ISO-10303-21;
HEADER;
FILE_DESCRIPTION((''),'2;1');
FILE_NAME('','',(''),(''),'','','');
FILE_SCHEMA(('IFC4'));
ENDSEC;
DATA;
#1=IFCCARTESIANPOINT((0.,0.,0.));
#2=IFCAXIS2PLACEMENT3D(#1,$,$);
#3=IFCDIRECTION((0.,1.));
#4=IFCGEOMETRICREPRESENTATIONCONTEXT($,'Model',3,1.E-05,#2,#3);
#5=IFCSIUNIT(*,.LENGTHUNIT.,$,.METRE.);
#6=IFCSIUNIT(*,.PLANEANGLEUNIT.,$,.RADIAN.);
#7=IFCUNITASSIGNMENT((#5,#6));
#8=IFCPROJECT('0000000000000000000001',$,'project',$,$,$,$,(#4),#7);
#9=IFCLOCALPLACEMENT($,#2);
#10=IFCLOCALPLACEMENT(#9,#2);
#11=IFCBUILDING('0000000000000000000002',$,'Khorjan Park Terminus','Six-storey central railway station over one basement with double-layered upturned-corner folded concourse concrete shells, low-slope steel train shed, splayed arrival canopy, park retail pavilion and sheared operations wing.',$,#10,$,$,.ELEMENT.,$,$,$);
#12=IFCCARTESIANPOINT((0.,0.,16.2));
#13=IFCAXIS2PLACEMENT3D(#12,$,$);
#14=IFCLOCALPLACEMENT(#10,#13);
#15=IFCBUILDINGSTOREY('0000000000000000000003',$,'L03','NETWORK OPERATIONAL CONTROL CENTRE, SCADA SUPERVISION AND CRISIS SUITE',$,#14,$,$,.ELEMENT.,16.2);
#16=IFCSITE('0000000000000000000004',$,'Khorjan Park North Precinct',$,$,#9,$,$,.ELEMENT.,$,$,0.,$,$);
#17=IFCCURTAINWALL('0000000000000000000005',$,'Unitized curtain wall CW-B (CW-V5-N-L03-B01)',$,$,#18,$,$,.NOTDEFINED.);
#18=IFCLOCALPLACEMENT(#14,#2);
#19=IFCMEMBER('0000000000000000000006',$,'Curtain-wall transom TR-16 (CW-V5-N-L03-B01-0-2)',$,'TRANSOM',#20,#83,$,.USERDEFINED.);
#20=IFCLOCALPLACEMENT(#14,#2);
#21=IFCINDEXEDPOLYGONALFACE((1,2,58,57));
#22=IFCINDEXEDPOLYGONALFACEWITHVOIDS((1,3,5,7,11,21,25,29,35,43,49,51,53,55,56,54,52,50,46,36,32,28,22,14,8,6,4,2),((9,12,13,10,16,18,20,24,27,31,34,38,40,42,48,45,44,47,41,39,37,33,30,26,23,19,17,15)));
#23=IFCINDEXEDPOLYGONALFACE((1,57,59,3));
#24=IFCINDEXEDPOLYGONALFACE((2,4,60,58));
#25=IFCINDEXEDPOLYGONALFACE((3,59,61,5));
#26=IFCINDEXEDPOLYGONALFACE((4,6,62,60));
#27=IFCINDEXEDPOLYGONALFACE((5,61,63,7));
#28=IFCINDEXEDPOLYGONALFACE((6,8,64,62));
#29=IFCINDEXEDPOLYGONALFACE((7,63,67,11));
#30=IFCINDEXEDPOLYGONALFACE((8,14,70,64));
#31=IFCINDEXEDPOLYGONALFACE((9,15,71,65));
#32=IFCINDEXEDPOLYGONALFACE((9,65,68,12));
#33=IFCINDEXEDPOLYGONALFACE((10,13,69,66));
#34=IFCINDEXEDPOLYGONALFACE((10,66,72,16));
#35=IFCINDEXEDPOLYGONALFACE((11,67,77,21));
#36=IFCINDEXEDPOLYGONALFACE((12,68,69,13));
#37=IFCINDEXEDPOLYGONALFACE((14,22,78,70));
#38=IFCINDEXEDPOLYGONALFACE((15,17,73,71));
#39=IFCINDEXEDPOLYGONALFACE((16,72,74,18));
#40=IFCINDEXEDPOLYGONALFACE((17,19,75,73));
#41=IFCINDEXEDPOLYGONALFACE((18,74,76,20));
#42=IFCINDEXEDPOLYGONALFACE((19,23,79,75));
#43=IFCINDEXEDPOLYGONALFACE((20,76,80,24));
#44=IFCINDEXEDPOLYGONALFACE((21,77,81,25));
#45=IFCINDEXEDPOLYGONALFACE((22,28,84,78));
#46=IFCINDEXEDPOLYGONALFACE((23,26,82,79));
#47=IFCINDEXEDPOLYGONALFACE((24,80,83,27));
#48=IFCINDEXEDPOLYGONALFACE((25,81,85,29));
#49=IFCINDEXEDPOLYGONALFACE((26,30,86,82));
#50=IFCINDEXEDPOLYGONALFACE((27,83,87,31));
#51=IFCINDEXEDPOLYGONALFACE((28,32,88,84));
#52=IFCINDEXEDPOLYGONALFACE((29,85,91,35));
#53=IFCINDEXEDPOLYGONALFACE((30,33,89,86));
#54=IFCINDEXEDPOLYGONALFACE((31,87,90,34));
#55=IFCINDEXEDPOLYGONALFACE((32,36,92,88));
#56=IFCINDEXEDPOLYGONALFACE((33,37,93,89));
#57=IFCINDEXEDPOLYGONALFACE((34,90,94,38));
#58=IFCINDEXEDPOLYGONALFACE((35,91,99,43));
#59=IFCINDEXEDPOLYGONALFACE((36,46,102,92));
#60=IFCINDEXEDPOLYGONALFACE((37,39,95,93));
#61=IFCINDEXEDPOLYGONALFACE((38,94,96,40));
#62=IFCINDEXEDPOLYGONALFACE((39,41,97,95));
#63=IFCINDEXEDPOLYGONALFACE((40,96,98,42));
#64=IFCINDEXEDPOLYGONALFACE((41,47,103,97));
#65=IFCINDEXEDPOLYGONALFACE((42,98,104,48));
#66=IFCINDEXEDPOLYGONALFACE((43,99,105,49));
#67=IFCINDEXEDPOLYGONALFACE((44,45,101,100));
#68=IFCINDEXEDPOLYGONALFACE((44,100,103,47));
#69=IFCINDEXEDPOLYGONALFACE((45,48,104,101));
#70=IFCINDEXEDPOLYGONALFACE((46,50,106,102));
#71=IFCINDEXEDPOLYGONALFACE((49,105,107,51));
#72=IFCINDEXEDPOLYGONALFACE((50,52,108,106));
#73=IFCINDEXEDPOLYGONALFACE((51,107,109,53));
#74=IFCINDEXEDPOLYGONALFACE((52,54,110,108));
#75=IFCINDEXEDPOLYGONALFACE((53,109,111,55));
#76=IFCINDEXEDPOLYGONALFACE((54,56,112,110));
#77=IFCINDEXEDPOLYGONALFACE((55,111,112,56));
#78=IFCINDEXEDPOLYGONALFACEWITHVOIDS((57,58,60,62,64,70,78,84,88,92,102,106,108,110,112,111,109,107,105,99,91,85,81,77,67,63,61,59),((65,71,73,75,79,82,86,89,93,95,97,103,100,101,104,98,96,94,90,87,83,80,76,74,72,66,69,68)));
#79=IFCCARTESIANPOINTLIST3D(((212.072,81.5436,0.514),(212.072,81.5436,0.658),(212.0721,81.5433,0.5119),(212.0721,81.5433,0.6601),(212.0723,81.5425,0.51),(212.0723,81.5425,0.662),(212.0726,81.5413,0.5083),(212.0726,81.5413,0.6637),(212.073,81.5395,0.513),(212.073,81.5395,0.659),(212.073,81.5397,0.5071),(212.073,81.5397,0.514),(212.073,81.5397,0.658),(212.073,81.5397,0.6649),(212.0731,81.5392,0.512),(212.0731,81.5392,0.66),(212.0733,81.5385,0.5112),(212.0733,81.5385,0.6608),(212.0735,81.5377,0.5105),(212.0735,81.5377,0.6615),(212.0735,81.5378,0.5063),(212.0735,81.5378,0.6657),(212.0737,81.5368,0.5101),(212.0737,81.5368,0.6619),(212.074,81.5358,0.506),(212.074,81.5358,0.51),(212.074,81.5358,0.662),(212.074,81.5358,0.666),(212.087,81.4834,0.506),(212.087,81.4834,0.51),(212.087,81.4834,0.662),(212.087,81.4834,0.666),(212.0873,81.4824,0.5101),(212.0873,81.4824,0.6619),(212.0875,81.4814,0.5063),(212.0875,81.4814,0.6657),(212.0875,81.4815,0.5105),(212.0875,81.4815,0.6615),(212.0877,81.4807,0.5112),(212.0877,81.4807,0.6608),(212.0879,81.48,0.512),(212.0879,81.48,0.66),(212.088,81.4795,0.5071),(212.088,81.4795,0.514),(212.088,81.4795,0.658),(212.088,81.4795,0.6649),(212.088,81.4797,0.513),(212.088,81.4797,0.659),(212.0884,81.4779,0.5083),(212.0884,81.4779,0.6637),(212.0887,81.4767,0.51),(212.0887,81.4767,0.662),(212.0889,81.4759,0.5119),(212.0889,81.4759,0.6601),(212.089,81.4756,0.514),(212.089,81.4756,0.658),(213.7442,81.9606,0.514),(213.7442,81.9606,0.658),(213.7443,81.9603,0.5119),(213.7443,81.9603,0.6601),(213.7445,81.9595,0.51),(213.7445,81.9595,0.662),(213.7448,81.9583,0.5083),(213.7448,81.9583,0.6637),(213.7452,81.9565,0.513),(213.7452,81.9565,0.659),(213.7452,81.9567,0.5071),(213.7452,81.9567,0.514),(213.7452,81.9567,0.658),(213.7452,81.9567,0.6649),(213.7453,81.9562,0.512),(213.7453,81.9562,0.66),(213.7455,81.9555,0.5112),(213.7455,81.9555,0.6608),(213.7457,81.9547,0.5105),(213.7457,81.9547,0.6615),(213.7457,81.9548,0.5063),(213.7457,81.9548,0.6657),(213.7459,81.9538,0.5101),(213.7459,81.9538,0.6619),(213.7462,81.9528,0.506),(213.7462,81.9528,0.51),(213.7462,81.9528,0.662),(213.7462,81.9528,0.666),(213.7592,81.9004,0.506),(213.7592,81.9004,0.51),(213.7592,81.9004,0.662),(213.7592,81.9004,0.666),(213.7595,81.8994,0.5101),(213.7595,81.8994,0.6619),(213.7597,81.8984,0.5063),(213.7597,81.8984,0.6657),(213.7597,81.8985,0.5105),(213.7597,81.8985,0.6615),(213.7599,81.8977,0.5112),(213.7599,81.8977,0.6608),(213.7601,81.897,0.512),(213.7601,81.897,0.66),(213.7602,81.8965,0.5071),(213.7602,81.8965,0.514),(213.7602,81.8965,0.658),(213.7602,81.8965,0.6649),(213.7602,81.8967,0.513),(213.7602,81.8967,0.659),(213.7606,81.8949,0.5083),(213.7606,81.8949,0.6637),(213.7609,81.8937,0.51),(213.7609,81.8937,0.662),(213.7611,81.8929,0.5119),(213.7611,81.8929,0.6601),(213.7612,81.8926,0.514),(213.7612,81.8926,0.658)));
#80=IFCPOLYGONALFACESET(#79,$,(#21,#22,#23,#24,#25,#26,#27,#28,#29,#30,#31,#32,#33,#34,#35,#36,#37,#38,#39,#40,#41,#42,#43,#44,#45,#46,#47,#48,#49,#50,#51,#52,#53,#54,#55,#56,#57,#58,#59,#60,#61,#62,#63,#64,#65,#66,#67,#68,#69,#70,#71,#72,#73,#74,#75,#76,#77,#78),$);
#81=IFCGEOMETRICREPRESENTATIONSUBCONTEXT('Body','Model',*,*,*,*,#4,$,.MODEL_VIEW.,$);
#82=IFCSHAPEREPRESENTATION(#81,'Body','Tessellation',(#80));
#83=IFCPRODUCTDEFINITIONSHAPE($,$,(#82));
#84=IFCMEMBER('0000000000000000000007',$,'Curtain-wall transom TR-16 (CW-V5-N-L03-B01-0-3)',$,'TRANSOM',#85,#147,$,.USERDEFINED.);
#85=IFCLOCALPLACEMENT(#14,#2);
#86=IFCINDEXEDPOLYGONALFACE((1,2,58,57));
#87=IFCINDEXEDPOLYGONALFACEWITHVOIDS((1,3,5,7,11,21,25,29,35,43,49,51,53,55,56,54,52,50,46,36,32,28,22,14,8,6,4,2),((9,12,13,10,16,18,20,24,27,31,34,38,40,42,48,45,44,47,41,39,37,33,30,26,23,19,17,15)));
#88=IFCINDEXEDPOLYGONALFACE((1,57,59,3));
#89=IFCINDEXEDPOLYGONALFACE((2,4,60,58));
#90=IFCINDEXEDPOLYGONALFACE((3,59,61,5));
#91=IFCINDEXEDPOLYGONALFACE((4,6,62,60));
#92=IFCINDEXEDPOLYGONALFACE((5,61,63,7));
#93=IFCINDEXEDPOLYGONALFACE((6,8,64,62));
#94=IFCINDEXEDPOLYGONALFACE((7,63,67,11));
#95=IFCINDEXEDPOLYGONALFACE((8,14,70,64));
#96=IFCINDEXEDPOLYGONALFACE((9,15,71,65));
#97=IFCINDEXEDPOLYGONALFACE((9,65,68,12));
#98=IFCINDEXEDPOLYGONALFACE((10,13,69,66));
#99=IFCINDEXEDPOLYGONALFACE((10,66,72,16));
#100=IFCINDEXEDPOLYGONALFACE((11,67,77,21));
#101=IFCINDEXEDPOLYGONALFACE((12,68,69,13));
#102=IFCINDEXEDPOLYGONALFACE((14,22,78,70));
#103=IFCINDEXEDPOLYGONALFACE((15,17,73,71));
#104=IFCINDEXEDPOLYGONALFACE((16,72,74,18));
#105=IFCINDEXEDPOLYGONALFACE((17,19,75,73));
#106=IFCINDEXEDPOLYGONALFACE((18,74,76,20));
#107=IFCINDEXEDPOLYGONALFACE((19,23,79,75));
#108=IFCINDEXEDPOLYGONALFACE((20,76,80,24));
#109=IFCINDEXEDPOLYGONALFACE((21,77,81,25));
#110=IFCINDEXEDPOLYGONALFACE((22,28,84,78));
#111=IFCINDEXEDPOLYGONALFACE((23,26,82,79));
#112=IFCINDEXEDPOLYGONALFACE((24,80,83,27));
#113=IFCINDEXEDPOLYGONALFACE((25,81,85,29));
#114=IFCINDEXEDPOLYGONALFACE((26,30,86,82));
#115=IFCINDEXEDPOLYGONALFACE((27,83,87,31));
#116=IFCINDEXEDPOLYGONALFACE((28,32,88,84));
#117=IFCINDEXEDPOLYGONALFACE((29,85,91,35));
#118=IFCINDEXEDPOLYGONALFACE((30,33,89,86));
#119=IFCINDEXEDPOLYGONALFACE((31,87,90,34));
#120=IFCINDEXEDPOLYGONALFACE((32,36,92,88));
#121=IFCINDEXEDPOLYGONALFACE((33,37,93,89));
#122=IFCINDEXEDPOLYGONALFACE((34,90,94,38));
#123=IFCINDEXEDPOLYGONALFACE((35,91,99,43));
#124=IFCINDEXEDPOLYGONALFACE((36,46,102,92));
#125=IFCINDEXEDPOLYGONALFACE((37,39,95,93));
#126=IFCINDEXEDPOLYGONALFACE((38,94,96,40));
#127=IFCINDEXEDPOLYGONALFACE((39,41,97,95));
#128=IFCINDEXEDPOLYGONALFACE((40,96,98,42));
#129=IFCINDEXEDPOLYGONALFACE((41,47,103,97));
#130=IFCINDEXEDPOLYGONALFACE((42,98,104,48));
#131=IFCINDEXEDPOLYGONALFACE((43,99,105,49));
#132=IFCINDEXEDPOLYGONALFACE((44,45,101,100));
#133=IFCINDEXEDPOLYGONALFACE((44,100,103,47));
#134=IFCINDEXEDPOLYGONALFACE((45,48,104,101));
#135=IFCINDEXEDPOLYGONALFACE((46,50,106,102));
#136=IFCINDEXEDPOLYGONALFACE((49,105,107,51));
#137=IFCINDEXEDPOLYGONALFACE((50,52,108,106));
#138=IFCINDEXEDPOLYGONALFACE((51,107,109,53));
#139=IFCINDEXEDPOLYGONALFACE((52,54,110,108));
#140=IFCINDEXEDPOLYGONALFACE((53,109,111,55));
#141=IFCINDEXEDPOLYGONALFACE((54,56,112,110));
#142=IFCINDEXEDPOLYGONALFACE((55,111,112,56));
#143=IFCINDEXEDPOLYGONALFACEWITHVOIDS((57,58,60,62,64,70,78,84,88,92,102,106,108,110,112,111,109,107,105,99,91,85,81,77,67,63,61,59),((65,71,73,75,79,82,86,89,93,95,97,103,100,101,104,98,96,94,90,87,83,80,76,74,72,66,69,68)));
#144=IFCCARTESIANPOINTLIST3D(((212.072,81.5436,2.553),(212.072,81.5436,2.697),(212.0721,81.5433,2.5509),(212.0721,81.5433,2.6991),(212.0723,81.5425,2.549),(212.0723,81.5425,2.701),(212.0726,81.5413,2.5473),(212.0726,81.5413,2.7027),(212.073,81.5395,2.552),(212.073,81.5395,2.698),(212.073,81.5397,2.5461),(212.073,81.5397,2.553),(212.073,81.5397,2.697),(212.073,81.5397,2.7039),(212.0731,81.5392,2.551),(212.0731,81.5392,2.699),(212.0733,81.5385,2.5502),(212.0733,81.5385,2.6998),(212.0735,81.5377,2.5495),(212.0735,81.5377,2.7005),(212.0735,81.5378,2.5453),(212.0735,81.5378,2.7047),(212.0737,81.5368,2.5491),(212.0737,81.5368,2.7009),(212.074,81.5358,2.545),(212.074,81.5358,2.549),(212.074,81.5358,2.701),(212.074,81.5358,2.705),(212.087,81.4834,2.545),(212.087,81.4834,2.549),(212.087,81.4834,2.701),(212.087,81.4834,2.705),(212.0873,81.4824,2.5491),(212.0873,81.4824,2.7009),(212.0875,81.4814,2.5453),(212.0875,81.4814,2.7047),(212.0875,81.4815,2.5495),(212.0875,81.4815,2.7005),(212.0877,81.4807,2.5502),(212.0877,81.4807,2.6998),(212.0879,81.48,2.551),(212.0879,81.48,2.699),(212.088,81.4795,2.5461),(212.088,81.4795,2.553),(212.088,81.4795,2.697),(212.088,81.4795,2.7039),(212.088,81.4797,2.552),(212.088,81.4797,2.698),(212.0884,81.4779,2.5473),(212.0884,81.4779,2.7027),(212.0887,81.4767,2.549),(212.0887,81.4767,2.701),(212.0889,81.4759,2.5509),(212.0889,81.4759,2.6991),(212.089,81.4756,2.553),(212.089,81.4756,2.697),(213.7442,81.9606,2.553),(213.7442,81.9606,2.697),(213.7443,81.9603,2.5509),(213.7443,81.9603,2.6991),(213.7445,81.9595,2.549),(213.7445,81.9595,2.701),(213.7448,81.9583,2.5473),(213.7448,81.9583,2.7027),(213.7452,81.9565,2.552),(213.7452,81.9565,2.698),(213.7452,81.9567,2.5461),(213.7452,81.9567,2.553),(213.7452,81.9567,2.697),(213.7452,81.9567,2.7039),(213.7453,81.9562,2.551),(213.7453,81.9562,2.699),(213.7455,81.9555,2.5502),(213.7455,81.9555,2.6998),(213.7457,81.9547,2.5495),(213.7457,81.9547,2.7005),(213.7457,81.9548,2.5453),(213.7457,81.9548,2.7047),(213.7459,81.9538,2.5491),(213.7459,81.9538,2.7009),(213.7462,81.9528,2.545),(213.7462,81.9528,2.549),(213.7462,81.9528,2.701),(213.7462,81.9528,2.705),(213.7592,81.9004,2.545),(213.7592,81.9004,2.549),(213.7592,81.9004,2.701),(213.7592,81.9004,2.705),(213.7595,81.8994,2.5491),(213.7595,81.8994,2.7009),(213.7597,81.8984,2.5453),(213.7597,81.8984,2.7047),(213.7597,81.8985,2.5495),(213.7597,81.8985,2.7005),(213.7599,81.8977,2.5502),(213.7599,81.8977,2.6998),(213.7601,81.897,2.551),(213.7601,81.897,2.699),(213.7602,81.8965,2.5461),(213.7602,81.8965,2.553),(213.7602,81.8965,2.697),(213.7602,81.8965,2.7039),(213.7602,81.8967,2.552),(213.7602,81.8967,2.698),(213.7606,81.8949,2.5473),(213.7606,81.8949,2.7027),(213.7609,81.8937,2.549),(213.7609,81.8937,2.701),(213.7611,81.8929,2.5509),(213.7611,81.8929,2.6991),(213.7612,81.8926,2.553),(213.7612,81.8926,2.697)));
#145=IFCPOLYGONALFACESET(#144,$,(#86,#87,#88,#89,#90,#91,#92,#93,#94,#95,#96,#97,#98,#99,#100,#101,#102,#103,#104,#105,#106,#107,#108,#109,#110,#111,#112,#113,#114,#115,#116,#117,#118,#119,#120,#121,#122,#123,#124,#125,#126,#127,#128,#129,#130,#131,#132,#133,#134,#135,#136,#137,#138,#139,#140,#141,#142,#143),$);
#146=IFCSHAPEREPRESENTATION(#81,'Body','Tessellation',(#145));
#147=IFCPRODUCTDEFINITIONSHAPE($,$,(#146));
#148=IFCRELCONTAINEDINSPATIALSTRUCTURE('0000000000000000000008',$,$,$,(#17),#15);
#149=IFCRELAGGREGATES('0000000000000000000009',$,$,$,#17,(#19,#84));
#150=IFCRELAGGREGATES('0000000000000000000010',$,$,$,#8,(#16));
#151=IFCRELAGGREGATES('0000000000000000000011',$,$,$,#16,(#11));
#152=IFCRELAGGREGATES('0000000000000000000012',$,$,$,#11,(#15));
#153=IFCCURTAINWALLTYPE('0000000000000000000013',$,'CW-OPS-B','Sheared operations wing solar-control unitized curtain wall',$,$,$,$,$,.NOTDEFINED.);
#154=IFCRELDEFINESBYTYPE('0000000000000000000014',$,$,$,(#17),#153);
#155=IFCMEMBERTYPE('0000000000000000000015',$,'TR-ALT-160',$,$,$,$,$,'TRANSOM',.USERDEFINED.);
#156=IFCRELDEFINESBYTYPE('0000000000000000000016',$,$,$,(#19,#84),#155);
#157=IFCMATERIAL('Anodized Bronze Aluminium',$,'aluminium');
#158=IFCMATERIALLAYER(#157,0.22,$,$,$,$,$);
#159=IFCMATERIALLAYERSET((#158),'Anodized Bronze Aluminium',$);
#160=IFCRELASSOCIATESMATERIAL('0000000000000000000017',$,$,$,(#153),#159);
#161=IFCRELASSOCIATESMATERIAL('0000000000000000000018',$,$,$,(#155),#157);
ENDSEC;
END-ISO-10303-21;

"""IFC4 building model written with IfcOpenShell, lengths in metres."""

from ifc_helpers import new_model, si_unit, direction, frame, origin, origin_2d, place, context, subcontext, project, spatial, hollow_rectangle, extrude, material, layer, layer_set, material_profile, profile_set, type_object, element, aggregate, save


model = new_model("IFC4")

# Units and contexts
model_context = context("Model", 3, precision=1e-05, world=origin(), true_north=direction((0.0, 1.0)))
body_context = subcontext(model_context, "Body", "Model", "MODEL_VIEW")
ifc_project = project(units=[si_unit("LENGTHUNIT", "METRE"), si_unit("PLANEANGLEUNIT", "RADIAN")], contexts=[model_context])

# Site, building, storey
site_placement = place(None, origin())
site = spatial("IfcSite", under=ifc_project, at=site_placement, Name="Khorjan Park North Precinct", CompositionType="ELEMENT", RefElevation=0.0)
building_placement = place(site_placement, origin())
building = spatial("IfcBuilding", under=site, at=building_placement, Name="Khorjan Park Terminus", Description="Six-storey central railway station over one basement with double-layered upturned-corner folded concourse concrete shells, low-slope steel train shed, splayed arrival canopy, park retail pavilion and sheared operations wing.", CompositionType="ELEMENT")
storey_placement = place(building_placement, frame((0.0, 0.0, 16.2)))
storey = spatial("IfcBuildingStorey", under=building, at=storey_placement, Name="L03", Description="NETWORK OPERATIONAL CONTROL CENTRE, SCADA SUPERVISION AND CRISIS SUITE", CompositionType="ELEMENT", Elevation=16.2)

# Curtain wall, members
ifc_material_1 = material(Name="Anodized Bronze Aluminium", Category="aluminium")
ifc_layer_1 = layer(ifc_material_1, 0.22)
ifc_layer_set_1 = layer_set([ifc_layer_1], Name="Anodized Bronze Aluminium")
curtain_wall_type = type_object("IfcCurtainWallType", Name="CW-OPS-B", Description="Sheared operations wing solar-control unitized curtain wall", PredefinedType="NOTDEFINED", material=ifc_layer_set_1)
curtain_wall_placement = place(storey_placement, origin())
curtain_wall = element("IfcCurtainWall", 1, at=curtain_wall_placement, inside=storey, type_object=curtain_wall_type, Name="Unitized curtain wall CW-B (CW-V5-N-L03-B01)", PredefinedType="NOTDEFINED")
ifc_material_profile_1 = material_profile(ifc_material_1, hollow_rectangle(XDim=0.07, YDim=0.16, WallThickness=0.004, InnerFilletRadius=0.004, OuterFilletRadius=0.008, at=origin_2d()), Name="ALT 70x160x4")
ifc_profile_set_1 = profile_set([ifc_material_profile_1], Name="Anodized Bronze Aluminium")
member_type_1 = type_object("IfcMemberType", Name="TR-ALT-160", ElementType="TRANSOM", PredefinedType="USERDEFINED", material=ifc_profile_set_1)
member_1_placement = place(storey_placement, frame((213.7527, 81.9266, 0.586), z_axis=(-0.970286, -0.241962, 0.0), x_axis=(0.241962, -0.970286, 0.0)))
member_1 = element("IfcMember", 2, at=member_1_placement, type_object=member_type_1, Name="Curtain-wall transom TR-16 (CW-V5-N-L03-B01-0-2)", ObjectType="TRANSOM", PredefinedType="USERDEFINED", context=body_context, shape_type="SweptSolid", body=[
    extrude(hollow_rectangle(XDim=0.07, YDim=0.16, WallThickness=0.004, InnerFilletRadius=0.004, OuterFilletRadius=0.008, at=origin_2d()), origin(), (0.0, 0.0, 1.0), 1.7234),
])
member_2_placement = place(storey_placement, frame((213.7527, 81.9266, 2.625), z_axis=(-0.970286, -0.241962, 0.0), x_axis=(0.241962, -0.970286, 0.0)))
member_2 = element("IfcMember", 3, at=member_2_placement, type_object=member_type_1, Name="Curtain-wall transom TR-16 (CW-V5-N-L03-B01-0-3)", ObjectType="TRANSOM", PredefinedType="USERDEFINED", context=body_context, shape_type="SweptSolid", body=[
    extrude(hollow_rectangle(XDim=0.07, YDim=0.16, WallThickness=0.004, InnerFilletRadius=0.004, OuterFilletRadius=0.008, at=origin_2d()), origin(), (0.0, 0.0, 1.0), 1.7234),
])
aggregate(curtain_wall, [member_1, member_2])

save(model, "model.ifc")
